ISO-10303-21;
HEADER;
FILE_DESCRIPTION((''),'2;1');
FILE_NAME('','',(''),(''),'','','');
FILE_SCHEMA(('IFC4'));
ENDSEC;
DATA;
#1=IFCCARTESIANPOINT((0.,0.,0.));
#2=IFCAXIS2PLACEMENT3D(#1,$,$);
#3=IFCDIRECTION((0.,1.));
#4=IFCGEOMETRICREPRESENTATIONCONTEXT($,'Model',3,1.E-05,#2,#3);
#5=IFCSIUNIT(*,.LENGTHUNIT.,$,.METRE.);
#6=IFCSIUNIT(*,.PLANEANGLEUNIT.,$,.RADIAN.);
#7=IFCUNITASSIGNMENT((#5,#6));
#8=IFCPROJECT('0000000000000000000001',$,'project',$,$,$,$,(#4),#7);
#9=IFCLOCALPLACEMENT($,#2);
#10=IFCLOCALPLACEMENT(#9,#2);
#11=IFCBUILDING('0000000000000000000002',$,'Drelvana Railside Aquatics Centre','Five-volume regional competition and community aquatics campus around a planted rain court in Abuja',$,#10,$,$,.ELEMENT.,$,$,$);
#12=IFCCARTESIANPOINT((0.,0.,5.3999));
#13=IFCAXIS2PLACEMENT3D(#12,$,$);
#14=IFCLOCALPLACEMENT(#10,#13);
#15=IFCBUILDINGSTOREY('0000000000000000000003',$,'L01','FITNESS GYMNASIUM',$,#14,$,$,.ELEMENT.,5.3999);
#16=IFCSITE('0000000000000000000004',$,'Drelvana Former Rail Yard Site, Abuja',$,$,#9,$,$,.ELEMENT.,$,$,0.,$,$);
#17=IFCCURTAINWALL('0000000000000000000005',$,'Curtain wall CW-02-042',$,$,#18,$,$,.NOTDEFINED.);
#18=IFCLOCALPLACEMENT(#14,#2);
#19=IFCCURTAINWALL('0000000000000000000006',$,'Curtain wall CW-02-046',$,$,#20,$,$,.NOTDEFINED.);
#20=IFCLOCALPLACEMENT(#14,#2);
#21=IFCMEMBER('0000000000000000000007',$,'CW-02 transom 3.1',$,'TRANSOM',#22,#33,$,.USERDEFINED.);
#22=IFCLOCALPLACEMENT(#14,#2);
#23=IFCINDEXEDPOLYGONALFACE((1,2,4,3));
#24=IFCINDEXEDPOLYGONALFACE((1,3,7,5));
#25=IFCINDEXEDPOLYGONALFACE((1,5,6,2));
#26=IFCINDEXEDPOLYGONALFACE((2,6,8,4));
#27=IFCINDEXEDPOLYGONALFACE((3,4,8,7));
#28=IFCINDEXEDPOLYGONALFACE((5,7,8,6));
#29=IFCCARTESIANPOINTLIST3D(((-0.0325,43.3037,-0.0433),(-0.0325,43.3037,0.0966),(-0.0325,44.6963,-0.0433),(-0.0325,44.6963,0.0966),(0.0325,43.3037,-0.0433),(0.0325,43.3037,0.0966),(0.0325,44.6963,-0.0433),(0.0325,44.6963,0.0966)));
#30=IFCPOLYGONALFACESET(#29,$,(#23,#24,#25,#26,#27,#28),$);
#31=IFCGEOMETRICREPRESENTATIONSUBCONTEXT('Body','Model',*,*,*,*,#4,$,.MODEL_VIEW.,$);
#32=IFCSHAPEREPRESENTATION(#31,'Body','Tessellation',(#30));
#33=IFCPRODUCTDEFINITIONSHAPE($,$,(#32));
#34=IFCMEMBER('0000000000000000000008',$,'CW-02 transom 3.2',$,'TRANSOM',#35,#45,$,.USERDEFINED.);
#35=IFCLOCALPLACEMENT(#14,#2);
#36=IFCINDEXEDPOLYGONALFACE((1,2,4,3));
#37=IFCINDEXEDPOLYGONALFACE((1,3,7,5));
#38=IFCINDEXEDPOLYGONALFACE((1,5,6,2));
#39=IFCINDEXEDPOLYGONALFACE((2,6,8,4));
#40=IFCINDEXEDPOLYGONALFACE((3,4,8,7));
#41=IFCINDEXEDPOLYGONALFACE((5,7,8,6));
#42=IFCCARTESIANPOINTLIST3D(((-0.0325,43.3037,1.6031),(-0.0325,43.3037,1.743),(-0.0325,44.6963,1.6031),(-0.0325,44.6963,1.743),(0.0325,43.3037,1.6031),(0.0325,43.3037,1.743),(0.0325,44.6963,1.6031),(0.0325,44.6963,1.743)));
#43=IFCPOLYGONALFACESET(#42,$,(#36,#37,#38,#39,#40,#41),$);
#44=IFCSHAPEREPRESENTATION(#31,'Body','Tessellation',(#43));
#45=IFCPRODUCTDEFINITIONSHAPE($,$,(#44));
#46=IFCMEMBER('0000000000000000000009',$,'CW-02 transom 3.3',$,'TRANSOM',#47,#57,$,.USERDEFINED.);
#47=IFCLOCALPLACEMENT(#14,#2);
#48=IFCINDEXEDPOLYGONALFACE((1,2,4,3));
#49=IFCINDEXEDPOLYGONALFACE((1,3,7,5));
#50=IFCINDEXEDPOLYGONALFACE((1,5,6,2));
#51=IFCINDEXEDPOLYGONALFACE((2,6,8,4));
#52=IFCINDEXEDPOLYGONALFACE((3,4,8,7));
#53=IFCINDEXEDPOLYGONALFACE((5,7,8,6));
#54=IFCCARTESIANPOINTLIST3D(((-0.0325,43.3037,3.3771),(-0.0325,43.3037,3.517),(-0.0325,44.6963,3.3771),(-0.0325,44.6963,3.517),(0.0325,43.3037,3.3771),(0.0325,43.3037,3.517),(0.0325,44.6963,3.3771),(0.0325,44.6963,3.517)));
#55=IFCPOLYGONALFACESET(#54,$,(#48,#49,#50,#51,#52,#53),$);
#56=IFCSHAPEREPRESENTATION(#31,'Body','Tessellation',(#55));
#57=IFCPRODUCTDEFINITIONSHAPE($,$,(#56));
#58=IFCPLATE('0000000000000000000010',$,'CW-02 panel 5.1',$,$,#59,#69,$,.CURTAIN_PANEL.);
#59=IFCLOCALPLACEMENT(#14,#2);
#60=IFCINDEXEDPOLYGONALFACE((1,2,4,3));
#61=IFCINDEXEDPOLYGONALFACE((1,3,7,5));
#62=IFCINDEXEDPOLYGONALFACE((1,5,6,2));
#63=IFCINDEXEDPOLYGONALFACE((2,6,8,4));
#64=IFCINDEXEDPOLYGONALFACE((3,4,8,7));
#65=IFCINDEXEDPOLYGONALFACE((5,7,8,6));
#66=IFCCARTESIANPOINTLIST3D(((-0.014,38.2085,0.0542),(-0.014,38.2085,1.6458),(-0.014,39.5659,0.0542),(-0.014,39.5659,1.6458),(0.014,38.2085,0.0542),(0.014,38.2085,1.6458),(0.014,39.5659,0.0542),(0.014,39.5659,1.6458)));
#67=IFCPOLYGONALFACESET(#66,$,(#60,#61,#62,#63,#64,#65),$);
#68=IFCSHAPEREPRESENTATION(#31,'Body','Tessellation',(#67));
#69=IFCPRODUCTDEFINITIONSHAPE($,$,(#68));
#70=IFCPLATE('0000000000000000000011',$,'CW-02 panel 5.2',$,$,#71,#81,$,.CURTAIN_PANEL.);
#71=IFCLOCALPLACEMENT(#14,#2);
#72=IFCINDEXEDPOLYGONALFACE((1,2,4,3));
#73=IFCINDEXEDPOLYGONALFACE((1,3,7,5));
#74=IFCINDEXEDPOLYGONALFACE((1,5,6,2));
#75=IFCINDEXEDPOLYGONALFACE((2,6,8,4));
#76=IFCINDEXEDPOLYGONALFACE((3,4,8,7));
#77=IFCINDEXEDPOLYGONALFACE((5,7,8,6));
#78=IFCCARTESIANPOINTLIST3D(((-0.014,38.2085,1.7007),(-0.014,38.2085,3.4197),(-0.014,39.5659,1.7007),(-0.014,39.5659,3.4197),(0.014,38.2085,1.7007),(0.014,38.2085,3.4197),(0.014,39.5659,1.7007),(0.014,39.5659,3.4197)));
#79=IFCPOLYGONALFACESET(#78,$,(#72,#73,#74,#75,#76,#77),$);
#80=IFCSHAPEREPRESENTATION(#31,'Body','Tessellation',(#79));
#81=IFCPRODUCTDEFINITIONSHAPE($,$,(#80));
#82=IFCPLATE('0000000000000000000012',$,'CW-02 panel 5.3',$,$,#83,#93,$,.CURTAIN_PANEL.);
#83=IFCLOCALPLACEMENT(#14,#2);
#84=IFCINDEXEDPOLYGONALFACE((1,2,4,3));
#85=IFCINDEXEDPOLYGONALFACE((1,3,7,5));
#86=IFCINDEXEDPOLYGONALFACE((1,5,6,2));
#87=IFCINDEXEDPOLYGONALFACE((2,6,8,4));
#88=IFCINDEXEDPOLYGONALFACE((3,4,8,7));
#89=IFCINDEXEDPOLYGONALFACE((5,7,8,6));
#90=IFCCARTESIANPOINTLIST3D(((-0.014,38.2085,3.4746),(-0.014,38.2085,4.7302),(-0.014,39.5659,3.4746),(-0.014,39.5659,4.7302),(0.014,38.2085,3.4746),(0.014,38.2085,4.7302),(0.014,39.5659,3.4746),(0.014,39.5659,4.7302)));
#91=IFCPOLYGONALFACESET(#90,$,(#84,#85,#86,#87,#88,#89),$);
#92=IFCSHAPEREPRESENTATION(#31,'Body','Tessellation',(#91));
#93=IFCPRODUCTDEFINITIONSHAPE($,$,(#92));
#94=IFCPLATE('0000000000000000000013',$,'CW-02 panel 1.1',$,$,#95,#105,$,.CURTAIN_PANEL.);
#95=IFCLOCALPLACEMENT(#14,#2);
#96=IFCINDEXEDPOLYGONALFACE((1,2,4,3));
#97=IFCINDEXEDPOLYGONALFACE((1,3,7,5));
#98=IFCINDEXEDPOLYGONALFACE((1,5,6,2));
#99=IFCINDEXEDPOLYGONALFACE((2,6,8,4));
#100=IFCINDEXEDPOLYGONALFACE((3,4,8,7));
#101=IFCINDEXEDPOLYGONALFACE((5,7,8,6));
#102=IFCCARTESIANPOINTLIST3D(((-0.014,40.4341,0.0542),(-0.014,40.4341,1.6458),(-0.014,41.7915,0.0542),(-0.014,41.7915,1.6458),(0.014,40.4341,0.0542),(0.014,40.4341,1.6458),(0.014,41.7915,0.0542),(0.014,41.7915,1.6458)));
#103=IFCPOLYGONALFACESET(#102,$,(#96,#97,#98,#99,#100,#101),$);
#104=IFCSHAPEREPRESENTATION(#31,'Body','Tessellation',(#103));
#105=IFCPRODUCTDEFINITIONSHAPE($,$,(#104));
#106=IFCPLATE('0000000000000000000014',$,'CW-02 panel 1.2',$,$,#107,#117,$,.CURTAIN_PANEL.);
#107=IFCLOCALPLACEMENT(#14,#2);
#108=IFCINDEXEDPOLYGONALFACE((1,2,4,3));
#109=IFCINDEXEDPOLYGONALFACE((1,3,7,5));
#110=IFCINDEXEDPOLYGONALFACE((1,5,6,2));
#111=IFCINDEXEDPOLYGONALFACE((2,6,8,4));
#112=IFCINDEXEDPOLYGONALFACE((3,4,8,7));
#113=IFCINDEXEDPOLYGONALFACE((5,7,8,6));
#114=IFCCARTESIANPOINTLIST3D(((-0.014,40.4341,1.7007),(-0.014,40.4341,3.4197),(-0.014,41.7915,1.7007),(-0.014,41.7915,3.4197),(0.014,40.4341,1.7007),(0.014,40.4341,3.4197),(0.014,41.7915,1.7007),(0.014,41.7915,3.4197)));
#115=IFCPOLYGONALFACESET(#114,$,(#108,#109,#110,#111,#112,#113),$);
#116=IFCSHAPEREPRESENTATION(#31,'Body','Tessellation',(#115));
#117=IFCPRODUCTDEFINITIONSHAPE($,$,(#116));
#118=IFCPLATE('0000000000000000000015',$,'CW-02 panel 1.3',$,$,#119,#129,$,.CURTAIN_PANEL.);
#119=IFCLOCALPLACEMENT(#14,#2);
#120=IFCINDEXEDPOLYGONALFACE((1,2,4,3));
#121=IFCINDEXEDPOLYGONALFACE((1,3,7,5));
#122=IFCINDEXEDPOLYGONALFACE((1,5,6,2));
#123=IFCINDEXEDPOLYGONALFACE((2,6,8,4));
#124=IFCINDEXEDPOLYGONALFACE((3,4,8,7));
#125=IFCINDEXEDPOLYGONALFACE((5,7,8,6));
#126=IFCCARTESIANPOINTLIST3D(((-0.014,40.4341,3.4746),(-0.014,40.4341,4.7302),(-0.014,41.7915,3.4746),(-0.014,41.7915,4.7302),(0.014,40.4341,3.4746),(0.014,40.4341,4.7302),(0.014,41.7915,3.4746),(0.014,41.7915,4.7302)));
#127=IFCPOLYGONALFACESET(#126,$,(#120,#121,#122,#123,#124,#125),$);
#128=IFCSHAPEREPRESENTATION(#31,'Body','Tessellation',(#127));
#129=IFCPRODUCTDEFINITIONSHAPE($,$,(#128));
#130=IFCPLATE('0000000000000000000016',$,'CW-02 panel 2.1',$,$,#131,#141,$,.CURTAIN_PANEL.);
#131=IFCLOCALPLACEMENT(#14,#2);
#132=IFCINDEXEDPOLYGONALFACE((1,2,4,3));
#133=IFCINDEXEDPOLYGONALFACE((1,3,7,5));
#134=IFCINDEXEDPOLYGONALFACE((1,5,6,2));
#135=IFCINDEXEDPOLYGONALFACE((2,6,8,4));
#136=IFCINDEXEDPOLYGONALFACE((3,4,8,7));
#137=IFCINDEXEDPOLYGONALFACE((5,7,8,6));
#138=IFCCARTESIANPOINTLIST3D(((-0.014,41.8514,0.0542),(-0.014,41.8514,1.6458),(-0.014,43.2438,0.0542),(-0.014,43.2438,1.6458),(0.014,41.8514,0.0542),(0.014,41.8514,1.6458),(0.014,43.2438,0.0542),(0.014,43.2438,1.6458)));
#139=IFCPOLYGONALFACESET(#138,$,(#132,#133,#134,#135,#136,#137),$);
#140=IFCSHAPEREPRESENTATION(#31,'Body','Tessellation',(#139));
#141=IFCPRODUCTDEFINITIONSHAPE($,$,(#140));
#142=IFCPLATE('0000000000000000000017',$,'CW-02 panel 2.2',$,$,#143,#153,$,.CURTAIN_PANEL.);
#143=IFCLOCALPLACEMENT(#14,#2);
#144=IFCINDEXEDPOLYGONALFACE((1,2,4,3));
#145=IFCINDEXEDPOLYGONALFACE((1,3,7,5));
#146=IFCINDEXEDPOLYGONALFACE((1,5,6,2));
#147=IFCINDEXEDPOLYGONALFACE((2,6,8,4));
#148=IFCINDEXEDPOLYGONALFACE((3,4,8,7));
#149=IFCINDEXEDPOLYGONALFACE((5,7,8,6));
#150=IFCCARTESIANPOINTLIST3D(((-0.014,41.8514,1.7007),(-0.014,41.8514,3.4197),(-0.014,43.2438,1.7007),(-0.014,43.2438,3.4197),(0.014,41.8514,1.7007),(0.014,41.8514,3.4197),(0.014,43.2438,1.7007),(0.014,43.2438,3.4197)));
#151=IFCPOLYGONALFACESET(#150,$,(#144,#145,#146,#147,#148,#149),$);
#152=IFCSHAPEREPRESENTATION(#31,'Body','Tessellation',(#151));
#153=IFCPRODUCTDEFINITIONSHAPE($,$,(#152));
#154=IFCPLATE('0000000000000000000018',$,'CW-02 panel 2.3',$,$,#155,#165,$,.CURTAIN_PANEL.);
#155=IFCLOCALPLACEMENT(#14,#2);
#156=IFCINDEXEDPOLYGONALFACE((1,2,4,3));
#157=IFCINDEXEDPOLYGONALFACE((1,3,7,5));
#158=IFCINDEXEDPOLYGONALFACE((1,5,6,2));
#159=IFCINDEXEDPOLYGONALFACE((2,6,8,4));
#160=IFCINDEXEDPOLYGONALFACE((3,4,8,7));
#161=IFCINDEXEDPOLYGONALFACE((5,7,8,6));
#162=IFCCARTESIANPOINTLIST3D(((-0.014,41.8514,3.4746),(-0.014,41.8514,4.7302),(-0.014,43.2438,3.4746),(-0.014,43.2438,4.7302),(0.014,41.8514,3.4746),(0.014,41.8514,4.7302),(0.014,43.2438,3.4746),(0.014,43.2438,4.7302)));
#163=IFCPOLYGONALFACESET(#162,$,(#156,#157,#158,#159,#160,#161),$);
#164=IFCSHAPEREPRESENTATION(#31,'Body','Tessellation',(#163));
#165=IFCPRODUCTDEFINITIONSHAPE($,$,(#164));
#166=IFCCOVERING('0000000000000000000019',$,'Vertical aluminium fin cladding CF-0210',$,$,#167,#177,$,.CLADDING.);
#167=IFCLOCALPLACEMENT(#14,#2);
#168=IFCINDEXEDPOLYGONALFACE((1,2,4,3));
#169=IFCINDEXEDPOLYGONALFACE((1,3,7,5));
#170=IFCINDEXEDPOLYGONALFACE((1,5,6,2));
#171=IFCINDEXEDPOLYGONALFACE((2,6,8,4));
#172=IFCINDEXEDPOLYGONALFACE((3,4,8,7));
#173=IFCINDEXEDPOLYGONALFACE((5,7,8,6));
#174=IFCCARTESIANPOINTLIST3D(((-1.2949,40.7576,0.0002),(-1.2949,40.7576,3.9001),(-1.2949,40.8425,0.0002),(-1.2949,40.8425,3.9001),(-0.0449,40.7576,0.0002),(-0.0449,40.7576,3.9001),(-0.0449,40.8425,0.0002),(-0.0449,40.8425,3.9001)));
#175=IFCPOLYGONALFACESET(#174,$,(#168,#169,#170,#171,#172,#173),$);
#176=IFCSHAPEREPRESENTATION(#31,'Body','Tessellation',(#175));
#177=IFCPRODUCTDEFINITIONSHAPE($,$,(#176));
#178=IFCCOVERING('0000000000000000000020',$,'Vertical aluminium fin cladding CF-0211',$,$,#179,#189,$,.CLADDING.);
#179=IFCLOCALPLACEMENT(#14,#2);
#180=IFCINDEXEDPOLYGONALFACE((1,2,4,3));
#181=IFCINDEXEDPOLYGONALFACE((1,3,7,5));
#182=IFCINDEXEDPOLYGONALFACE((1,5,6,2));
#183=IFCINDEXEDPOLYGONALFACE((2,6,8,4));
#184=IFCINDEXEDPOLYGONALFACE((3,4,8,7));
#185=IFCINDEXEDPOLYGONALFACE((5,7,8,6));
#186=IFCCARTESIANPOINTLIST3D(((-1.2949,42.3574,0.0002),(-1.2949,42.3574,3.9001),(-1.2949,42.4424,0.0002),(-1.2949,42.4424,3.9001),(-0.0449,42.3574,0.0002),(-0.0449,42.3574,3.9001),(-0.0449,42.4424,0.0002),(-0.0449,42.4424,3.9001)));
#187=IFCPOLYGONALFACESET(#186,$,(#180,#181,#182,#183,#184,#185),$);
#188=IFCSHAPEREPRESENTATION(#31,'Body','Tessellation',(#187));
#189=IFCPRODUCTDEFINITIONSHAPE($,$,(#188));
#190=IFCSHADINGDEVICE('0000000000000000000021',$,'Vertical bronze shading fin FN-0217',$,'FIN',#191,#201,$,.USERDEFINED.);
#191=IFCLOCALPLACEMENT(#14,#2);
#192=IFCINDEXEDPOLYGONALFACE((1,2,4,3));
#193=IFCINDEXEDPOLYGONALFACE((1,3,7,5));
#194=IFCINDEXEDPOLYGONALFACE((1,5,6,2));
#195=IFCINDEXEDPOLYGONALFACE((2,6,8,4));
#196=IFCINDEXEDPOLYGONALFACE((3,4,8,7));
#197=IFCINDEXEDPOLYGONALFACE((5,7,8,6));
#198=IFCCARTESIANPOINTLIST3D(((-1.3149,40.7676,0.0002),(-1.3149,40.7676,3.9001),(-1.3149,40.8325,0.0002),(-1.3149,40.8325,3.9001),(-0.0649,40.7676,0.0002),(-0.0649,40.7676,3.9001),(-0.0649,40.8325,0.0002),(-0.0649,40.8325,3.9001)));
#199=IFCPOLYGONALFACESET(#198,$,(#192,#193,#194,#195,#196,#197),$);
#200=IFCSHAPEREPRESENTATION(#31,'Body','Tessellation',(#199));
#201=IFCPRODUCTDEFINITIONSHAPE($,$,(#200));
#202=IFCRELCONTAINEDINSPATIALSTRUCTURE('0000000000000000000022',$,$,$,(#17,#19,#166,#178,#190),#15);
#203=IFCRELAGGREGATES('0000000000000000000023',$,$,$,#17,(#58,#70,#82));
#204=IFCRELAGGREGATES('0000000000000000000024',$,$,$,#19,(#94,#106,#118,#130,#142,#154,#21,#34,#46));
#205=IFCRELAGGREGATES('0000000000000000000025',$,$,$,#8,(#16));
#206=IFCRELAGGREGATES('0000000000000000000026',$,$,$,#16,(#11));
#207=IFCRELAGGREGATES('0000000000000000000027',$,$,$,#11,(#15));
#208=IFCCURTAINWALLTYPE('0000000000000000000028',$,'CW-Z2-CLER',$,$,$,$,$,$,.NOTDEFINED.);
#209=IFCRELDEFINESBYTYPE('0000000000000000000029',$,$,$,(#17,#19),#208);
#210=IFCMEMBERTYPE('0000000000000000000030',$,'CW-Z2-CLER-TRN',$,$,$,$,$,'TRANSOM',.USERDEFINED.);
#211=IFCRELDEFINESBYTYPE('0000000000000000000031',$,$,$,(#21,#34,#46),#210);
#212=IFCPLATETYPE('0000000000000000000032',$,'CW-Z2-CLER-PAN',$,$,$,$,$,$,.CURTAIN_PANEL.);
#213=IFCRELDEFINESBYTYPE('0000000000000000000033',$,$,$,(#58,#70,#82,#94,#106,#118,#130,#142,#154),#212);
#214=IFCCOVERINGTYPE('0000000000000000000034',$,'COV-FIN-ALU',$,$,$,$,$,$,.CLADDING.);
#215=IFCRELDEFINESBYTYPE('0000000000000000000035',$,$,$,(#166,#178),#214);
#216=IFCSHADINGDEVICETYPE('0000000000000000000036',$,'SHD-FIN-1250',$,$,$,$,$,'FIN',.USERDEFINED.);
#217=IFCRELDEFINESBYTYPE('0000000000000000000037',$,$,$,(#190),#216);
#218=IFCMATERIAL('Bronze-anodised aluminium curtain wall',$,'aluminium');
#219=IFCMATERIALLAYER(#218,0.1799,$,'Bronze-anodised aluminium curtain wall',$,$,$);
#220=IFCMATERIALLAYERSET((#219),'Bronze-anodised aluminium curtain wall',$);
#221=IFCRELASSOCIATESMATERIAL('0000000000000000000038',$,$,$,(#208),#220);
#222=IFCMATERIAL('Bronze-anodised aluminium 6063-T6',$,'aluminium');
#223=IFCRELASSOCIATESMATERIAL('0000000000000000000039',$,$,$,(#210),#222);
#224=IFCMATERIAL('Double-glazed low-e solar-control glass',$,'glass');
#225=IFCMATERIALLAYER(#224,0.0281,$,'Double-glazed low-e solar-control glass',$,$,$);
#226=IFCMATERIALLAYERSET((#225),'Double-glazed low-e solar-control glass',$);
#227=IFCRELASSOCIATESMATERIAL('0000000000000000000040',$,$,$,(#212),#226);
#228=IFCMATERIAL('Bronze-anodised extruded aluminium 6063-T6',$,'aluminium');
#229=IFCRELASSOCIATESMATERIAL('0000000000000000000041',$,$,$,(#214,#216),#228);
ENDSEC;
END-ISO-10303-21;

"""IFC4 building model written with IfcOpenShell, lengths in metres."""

from ifc_helpers import new_model, si_unit, direction, frame, origin, origin_2d, place, context, subcontext, project, spatial, rectangle, extrude, material, layer, layer_set, material_profile, profile_set, type_object, element, aggregate, save


model = new_model("IFC4")

# Units and contexts
model_context = context("Model", 3, precision=1e-05, world=origin(), true_north=direction((0.0, 1.0)))
body_context = subcontext(model_context, "Body", "Model", "MODEL_VIEW")
ifc_project = project(units=[si_unit("LENGTHUNIT", "METRE"), si_unit("PLANEANGLEUNIT", "RADIAN")], contexts=[model_context])

# Site, building, storey
site_placement = place(None, origin())
site = spatial("IfcSite", under=ifc_project, at=site_placement, Name="Drelvana Former Rail Yard Site, Abuja", CompositionType="ELEMENT", RefElevation=0.0)
building_placement = place(site_placement, origin())
building = spatial("IfcBuilding", under=site, at=building_placement, Name="Drelvana Railside Aquatics Centre", Description="Five-volume regional competition and community aquatics campus around a planted rain court in Abuja", CompositionType="ELEMENT")
storey_placement = place(building_placement, frame((0.0, 0.0, 5.3999)))
storey = spatial("IfcBuildingStorey", under=building, at=storey_placement, Name="L01", Description="FITNESS GYMNASIUM", CompositionType="ELEMENT", Elevation=5.3999)

# Curtain wall
ifc_material_1 = material(Name="Bronze-anodised aluminium curtain wall", Category="aluminium")
ifc_layer_1 = layer(ifc_material_1, 0.1799, Name="Bronze-anodised aluminium curtain wall")
ifc_layer_set_1 = layer_set([ifc_layer_1], Name="Bronze-anodised aluminium curtain wall")
curtain_wall_type = type_object("IfcCurtainWallType", Name="CW-Z2-CLER", PredefinedType="NOTDEFINED", material=ifc_layer_set_1)
curtain_wall_1_placement = place(storey_placement, origin())
curtain_wall_1 = element("IfcCurtainWall", 1, at=curtain_wall_1_placement, inside=storey, type_object=curtain_wall_type, Name="Curtain wall CW-02-042", PredefinedType="NOTDEFINED")
ifc_material_2 = material(Name="Bronze-anodised aluminium 6063-T6", Category="aluminium")

# Curtain wall
curtain_wall_2_placement = place(storey_placement, origin())
curtain_wall_2 = element("IfcCurtainWall", 2, at=curtain_wall_2_placement, inside=storey, type_object=curtain_wall_type, Name="Curtain wall CW-02-046", PredefinedType="NOTDEFINED")

# Members
ifc_material_profile_1 = material_profile(ifc_material_2, rectangle(XDim=0.1399, YDim=0.0649, at=origin_2d()), Name="ALU-T 65x140")
ifc_profile_set_1 = profile_set([ifc_material_profile_1], Name="Bronze-anodised aluminium 6063-T6")
member_type_1 = type_object("IfcMemberType", Name="CW-Z2-CLER-TRN", ElementType="TRANSOM", PredefinedType="USERDEFINED", material=ifc_profile_set_1)
member_1_placement = place(storey_placement, frame((0.0, 43.3037, 0.0266), z_axis=(0.0, 1.0, 0.0), x_axis=(0.0, 0.0, 1.0)))
member_1 = element("IfcMember", 3, at=member_1_placement, type_object=member_type_1, Name="CW-02 transom 3.1", ObjectType="TRANSOM", PredefinedType="USERDEFINED", context=body_context, shape_type="SweptSolid", body=[
    extrude(rectangle(XDim=0.1399, YDim=0.0649, at=origin_2d()), origin(), (0.0, 0.0, 1.0), 1.3926),
])
member_2_placement = place(storey_placement, frame((0.0, 43.3037, 1.6731), z_axis=(0.0, 1.0, 0.0), x_axis=(0.0, 0.0, 1.0)))
member_2 = element("IfcMember", 4, at=member_2_placement, type_object=member_type_1, Name="CW-02 transom 3.2", ObjectType="TRANSOM", PredefinedType="USERDEFINED", context=body_context, shape_type="SweptSolid", body=[
    extrude(rectangle(XDim=0.1399, YDim=0.0649, at=origin_2d()), origin(), (0.0, 0.0, 1.0), 1.3926),
])
member_3_placement = place(storey_placement, frame((0.0, 43.3037, 3.447), z_axis=(0.0, 1.0, 0.0), x_axis=(0.0, 0.0, 1.0)))
member_3 = element("IfcMember", 5, at=member_3_placement, type_object=member_type_1, Name="CW-02 transom 3.3", ObjectType="TRANSOM", PredefinedType="USERDEFINED", context=body_context, shape_type="SweptSolid", body=[
    extrude(rectangle(XDim=0.1399, YDim=0.0649, at=origin_2d()), origin(), (0.0, 0.0, 1.0), 1.3926),
])

# Plates
ifc_material_3 = material(Name="Double-glazed low-e solar-control glass", Category="glass")
ifc_layer_2 = layer(ifc_material_3, 0.0281, Name="Double-glazed low-e solar-control glass")
ifc_layer_set_2 = layer_set([ifc_layer_2], Name="Double-glazed low-e solar-control glass")
plate_type = type_object("IfcPlateType", Name="CW-Z2-CLER-PAN", PredefinedType="CURTAIN_PANEL", material=ifc_layer_set_2)
plate_1_placement = place(storey_placement, frame((0.0, 38.8872, 0.0542), z_axis=(0.0, 0.0, 1.0), x_axis=(0.0, 1.0, 0.0)))
plate_1 = element("IfcPlate", 6, at=plate_1_placement, type_object=plate_type, Name="CW-02 panel 5.1", PredefinedType="CURTAIN_PANEL", context=body_context, shape_type="SweptSolid", body=[
    extrude(rectangle(XDim=1.3574, YDim=0.0281, at=origin_2d()), origin(), (0.0, 0.0, 1.0), 1.5916),
])
plate_2_placement = place(storey_placement, frame((0.0, 38.8872, 1.7007), z_axis=(0.0, 0.0, 1.0), x_axis=(0.0, 1.0, 0.0)))
plate_2 = element("IfcPlate", 7, at=plate_2_placement, type_object=plate_type, Name="CW-02 panel 5.2", PredefinedType="CURTAIN_PANEL", context=body_context, shape_type="SweptSolid", body=[
    extrude(rectangle(XDim=1.3574, YDim=0.0281, at=origin_2d()), origin(), (0.0, 0.0, 1.0), 1.719),
])
plate_3_placement = place(storey_placement, frame((0.0, 38.8872, 3.4746), z_axis=(0.0, 0.0, 1.0), x_axis=(0.0, 1.0, 0.0)))
plate_3 = element("IfcPlate", 8, at=plate_3_placement, type_object=plate_type, Name="CW-02 panel 5.3", PredefinedType="CURTAIN_PANEL", context=body_context, shape_type="SweptSolid", body=[
    extrude(rectangle(XDim=1.3574, YDim=0.0281, at=origin_2d()), origin(), (0.0, 0.0, 1.0), 1.2556),
])
aggregate(curtain_wall_1, [plate_1, plate_2, plate_3])
plate_4_placement = place(storey_placement, frame((0.0, 41.1128, 0.0542), z_axis=(0.0, 0.0, 1.0), x_axis=(0.0, 1.0, 0.0)))
plate_4 = element("IfcPlate", 9, at=plate_4_placement, type_object=plate_type, Name="CW-02 panel 1.1", PredefinedType="CURTAIN_PANEL", context=body_context, shape_type="SweptSolid", body=[
    extrude(rectangle(XDim=1.3574, YDim=0.0281, at=origin_2d()), origin(), (0.0, 0.0, 1.0), 1.5916),
])
plate_5_placement = place(storey_placement, frame((0.0, 41.1128, 1.7007), z_axis=(0.0, 0.0, 1.0), x_axis=(0.0, 1.0, 0.0)))
plate_5 = element("IfcPlate", 10, at=plate_5_placement, type_object=plate_type, Name="CW-02 panel 1.2", PredefinedType="CURTAIN_PANEL", context=body_context, shape_type="SweptSolid", body=[
    extrude(rectangle(XDim=1.3574, YDim=0.0281, at=origin_2d()), origin(), (0.0, 0.0, 1.0), 1.719),
])
plate_6_placement = place(storey_placement, frame((0.0, 41.1128, 3.4746), z_axis=(0.0, 0.0, 1.0), x_axis=(0.0, 1.0, 0.0)))
plate_6 = element("IfcPlate", 11, at=plate_6_placement, type_object=plate_type, Name="CW-02 panel 1.3", PredefinedType="CURTAIN_PANEL", context=body_context, shape_type="SweptSolid", body=[
    extrude(rectangle(XDim=1.3574, YDim=0.0281, at=origin_2d()), origin(), (0.0, 0.0, 1.0), 1.2556),
])
plate_7_placement = place(storey_placement, frame((0.0, 42.5476, 0.0542), z_axis=(0.0, 0.0, 1.0), x_axis=(0.0, 1.0, 0.0)))
plate_7 = element("IfcPlate", 12, at=plate_7_placement, type_object=plate_type, Name="CW-02 panel 2.1", PredefinedType="CURTAIN_PANEL", context=body_context, shape_type="SweptSolid", body=[
    extrude(rectangle(XDim=1.3923, YDim=0.0281, at=origin_2d()), origin(), (0.0, 0.0, 1.0), 1.5916),
])
plate_8_placement = place(storey_placement, frame((0.0, 42.5476, 1.7007), z_axis=(0.0, 0.0, 1.0), x_axis=(0.0, 1.0, 0.0)))
plate_8 = element("IfcPlate", 13, at=plate_8_placement, type_object=plate_type, Name="CW-02 panel 2.2", PredefinedType="CURTAIN_PANEL", context=body_context, shape_type="SweptSolid", body=[
    extrude(rectangle(XDim=1.3923, YDim=0.0281, at=origin_2d()), origin(), (0.0, 0.0, 1.0), 1.719),
])
plate_9_placement = place(storey_placement, frame((0.0, 42.5476, 3.4746), z_axis=(0.0, 0.0, 1.0), x_axis=(0.0, 1.0, 0.0)))
plate_9 = element("IfcPlate", 14, at=plate_9_placement, type_object=plate_type, Name="CW-02 panel 2.3", PredefinedType="CURTAIN_PANEL", context=body_context, shape_type="SweptSolid", body=[
    extrude(rectangle(XDim=1.3923, YDim=0.0281, at=origin_2d()), origin(), (0.0, 0.0, 1.0), 1.2556),
])
aggregate(curtain_wall_2, [plate_4, plate_5, plate_6, plate_7, plate_8, plate_9, member_1, member_2, member_3])

# Coverings
ifc_material_4 = material(Name="Bronze-anodised extruded aluminium 6063-T6", Category="aluminium")
covering_type = type_object("IfcCoveringType", Name="COV-FIN-ALU", PredefinedType="CLADDING", material=ifc_material_4)
for number, where, z_axis, x_axis, name in (
    (15, (-0.6699, 40.8, 0.0002), (0.0, 0.0, 1.0), (0.0, 1.0, 0.0), "Vertical aluminium fin cladding CF-0210"),
    (16, (-0.6699, 42.3999, 0.0002), (0.0, 0.0, 1.0), (0.0, 1.0, 0.0), "Vertical aluminium fin cladding CF-0211"),
):
    element("IfcCovering", number, at=place(storey_placement, frame(where, z_axis=z_axis, x_axis=x_axis)), inside=storey, type_object=covering_type, Name=name, PredefinedType="CLADDING", context=body_context, shape_type="SweptSolid", body=[
        extrude(rectangle(XDim=0.085, YDim=1.25, at=origin_2d()), origin(), (0.0, 0.0, 1.0), 3.8999),
    ])

# Shading device
shading_device_type = type_object("IfcShadingDeviceType", Name="SHD-FIN-1250", ElementType="FIN", PredefinedType="USERDEFINED", material=ifc_material_4)
for number, where, z_axis, x_axis, name in (
    (17, (-0.6899, 40.8, 0.0002), (0.0, 0.0, 1.0), (-1.0, 0.0, 0.0), "Vertical bronze shading fin FN-0217"),
):
    element("IfcShadingDevice", number, at=place(storey_placement, frame(where, z_axis=z_axis, x_axis=x_axis)), inside=storey, type_object=shading_device_type, Name=name, ObjectType="FIN", PredefinedType="USERDEFINED", context=body_context, shape_type="SweptSolid", body=[
        extrude(rectangle(XDim=1.25, YDim=0.0649, at=origin_2d()), origin(), (0.0, 0.0, 1.0), 3.8999),
    ])

save(model, "model.ifc")
